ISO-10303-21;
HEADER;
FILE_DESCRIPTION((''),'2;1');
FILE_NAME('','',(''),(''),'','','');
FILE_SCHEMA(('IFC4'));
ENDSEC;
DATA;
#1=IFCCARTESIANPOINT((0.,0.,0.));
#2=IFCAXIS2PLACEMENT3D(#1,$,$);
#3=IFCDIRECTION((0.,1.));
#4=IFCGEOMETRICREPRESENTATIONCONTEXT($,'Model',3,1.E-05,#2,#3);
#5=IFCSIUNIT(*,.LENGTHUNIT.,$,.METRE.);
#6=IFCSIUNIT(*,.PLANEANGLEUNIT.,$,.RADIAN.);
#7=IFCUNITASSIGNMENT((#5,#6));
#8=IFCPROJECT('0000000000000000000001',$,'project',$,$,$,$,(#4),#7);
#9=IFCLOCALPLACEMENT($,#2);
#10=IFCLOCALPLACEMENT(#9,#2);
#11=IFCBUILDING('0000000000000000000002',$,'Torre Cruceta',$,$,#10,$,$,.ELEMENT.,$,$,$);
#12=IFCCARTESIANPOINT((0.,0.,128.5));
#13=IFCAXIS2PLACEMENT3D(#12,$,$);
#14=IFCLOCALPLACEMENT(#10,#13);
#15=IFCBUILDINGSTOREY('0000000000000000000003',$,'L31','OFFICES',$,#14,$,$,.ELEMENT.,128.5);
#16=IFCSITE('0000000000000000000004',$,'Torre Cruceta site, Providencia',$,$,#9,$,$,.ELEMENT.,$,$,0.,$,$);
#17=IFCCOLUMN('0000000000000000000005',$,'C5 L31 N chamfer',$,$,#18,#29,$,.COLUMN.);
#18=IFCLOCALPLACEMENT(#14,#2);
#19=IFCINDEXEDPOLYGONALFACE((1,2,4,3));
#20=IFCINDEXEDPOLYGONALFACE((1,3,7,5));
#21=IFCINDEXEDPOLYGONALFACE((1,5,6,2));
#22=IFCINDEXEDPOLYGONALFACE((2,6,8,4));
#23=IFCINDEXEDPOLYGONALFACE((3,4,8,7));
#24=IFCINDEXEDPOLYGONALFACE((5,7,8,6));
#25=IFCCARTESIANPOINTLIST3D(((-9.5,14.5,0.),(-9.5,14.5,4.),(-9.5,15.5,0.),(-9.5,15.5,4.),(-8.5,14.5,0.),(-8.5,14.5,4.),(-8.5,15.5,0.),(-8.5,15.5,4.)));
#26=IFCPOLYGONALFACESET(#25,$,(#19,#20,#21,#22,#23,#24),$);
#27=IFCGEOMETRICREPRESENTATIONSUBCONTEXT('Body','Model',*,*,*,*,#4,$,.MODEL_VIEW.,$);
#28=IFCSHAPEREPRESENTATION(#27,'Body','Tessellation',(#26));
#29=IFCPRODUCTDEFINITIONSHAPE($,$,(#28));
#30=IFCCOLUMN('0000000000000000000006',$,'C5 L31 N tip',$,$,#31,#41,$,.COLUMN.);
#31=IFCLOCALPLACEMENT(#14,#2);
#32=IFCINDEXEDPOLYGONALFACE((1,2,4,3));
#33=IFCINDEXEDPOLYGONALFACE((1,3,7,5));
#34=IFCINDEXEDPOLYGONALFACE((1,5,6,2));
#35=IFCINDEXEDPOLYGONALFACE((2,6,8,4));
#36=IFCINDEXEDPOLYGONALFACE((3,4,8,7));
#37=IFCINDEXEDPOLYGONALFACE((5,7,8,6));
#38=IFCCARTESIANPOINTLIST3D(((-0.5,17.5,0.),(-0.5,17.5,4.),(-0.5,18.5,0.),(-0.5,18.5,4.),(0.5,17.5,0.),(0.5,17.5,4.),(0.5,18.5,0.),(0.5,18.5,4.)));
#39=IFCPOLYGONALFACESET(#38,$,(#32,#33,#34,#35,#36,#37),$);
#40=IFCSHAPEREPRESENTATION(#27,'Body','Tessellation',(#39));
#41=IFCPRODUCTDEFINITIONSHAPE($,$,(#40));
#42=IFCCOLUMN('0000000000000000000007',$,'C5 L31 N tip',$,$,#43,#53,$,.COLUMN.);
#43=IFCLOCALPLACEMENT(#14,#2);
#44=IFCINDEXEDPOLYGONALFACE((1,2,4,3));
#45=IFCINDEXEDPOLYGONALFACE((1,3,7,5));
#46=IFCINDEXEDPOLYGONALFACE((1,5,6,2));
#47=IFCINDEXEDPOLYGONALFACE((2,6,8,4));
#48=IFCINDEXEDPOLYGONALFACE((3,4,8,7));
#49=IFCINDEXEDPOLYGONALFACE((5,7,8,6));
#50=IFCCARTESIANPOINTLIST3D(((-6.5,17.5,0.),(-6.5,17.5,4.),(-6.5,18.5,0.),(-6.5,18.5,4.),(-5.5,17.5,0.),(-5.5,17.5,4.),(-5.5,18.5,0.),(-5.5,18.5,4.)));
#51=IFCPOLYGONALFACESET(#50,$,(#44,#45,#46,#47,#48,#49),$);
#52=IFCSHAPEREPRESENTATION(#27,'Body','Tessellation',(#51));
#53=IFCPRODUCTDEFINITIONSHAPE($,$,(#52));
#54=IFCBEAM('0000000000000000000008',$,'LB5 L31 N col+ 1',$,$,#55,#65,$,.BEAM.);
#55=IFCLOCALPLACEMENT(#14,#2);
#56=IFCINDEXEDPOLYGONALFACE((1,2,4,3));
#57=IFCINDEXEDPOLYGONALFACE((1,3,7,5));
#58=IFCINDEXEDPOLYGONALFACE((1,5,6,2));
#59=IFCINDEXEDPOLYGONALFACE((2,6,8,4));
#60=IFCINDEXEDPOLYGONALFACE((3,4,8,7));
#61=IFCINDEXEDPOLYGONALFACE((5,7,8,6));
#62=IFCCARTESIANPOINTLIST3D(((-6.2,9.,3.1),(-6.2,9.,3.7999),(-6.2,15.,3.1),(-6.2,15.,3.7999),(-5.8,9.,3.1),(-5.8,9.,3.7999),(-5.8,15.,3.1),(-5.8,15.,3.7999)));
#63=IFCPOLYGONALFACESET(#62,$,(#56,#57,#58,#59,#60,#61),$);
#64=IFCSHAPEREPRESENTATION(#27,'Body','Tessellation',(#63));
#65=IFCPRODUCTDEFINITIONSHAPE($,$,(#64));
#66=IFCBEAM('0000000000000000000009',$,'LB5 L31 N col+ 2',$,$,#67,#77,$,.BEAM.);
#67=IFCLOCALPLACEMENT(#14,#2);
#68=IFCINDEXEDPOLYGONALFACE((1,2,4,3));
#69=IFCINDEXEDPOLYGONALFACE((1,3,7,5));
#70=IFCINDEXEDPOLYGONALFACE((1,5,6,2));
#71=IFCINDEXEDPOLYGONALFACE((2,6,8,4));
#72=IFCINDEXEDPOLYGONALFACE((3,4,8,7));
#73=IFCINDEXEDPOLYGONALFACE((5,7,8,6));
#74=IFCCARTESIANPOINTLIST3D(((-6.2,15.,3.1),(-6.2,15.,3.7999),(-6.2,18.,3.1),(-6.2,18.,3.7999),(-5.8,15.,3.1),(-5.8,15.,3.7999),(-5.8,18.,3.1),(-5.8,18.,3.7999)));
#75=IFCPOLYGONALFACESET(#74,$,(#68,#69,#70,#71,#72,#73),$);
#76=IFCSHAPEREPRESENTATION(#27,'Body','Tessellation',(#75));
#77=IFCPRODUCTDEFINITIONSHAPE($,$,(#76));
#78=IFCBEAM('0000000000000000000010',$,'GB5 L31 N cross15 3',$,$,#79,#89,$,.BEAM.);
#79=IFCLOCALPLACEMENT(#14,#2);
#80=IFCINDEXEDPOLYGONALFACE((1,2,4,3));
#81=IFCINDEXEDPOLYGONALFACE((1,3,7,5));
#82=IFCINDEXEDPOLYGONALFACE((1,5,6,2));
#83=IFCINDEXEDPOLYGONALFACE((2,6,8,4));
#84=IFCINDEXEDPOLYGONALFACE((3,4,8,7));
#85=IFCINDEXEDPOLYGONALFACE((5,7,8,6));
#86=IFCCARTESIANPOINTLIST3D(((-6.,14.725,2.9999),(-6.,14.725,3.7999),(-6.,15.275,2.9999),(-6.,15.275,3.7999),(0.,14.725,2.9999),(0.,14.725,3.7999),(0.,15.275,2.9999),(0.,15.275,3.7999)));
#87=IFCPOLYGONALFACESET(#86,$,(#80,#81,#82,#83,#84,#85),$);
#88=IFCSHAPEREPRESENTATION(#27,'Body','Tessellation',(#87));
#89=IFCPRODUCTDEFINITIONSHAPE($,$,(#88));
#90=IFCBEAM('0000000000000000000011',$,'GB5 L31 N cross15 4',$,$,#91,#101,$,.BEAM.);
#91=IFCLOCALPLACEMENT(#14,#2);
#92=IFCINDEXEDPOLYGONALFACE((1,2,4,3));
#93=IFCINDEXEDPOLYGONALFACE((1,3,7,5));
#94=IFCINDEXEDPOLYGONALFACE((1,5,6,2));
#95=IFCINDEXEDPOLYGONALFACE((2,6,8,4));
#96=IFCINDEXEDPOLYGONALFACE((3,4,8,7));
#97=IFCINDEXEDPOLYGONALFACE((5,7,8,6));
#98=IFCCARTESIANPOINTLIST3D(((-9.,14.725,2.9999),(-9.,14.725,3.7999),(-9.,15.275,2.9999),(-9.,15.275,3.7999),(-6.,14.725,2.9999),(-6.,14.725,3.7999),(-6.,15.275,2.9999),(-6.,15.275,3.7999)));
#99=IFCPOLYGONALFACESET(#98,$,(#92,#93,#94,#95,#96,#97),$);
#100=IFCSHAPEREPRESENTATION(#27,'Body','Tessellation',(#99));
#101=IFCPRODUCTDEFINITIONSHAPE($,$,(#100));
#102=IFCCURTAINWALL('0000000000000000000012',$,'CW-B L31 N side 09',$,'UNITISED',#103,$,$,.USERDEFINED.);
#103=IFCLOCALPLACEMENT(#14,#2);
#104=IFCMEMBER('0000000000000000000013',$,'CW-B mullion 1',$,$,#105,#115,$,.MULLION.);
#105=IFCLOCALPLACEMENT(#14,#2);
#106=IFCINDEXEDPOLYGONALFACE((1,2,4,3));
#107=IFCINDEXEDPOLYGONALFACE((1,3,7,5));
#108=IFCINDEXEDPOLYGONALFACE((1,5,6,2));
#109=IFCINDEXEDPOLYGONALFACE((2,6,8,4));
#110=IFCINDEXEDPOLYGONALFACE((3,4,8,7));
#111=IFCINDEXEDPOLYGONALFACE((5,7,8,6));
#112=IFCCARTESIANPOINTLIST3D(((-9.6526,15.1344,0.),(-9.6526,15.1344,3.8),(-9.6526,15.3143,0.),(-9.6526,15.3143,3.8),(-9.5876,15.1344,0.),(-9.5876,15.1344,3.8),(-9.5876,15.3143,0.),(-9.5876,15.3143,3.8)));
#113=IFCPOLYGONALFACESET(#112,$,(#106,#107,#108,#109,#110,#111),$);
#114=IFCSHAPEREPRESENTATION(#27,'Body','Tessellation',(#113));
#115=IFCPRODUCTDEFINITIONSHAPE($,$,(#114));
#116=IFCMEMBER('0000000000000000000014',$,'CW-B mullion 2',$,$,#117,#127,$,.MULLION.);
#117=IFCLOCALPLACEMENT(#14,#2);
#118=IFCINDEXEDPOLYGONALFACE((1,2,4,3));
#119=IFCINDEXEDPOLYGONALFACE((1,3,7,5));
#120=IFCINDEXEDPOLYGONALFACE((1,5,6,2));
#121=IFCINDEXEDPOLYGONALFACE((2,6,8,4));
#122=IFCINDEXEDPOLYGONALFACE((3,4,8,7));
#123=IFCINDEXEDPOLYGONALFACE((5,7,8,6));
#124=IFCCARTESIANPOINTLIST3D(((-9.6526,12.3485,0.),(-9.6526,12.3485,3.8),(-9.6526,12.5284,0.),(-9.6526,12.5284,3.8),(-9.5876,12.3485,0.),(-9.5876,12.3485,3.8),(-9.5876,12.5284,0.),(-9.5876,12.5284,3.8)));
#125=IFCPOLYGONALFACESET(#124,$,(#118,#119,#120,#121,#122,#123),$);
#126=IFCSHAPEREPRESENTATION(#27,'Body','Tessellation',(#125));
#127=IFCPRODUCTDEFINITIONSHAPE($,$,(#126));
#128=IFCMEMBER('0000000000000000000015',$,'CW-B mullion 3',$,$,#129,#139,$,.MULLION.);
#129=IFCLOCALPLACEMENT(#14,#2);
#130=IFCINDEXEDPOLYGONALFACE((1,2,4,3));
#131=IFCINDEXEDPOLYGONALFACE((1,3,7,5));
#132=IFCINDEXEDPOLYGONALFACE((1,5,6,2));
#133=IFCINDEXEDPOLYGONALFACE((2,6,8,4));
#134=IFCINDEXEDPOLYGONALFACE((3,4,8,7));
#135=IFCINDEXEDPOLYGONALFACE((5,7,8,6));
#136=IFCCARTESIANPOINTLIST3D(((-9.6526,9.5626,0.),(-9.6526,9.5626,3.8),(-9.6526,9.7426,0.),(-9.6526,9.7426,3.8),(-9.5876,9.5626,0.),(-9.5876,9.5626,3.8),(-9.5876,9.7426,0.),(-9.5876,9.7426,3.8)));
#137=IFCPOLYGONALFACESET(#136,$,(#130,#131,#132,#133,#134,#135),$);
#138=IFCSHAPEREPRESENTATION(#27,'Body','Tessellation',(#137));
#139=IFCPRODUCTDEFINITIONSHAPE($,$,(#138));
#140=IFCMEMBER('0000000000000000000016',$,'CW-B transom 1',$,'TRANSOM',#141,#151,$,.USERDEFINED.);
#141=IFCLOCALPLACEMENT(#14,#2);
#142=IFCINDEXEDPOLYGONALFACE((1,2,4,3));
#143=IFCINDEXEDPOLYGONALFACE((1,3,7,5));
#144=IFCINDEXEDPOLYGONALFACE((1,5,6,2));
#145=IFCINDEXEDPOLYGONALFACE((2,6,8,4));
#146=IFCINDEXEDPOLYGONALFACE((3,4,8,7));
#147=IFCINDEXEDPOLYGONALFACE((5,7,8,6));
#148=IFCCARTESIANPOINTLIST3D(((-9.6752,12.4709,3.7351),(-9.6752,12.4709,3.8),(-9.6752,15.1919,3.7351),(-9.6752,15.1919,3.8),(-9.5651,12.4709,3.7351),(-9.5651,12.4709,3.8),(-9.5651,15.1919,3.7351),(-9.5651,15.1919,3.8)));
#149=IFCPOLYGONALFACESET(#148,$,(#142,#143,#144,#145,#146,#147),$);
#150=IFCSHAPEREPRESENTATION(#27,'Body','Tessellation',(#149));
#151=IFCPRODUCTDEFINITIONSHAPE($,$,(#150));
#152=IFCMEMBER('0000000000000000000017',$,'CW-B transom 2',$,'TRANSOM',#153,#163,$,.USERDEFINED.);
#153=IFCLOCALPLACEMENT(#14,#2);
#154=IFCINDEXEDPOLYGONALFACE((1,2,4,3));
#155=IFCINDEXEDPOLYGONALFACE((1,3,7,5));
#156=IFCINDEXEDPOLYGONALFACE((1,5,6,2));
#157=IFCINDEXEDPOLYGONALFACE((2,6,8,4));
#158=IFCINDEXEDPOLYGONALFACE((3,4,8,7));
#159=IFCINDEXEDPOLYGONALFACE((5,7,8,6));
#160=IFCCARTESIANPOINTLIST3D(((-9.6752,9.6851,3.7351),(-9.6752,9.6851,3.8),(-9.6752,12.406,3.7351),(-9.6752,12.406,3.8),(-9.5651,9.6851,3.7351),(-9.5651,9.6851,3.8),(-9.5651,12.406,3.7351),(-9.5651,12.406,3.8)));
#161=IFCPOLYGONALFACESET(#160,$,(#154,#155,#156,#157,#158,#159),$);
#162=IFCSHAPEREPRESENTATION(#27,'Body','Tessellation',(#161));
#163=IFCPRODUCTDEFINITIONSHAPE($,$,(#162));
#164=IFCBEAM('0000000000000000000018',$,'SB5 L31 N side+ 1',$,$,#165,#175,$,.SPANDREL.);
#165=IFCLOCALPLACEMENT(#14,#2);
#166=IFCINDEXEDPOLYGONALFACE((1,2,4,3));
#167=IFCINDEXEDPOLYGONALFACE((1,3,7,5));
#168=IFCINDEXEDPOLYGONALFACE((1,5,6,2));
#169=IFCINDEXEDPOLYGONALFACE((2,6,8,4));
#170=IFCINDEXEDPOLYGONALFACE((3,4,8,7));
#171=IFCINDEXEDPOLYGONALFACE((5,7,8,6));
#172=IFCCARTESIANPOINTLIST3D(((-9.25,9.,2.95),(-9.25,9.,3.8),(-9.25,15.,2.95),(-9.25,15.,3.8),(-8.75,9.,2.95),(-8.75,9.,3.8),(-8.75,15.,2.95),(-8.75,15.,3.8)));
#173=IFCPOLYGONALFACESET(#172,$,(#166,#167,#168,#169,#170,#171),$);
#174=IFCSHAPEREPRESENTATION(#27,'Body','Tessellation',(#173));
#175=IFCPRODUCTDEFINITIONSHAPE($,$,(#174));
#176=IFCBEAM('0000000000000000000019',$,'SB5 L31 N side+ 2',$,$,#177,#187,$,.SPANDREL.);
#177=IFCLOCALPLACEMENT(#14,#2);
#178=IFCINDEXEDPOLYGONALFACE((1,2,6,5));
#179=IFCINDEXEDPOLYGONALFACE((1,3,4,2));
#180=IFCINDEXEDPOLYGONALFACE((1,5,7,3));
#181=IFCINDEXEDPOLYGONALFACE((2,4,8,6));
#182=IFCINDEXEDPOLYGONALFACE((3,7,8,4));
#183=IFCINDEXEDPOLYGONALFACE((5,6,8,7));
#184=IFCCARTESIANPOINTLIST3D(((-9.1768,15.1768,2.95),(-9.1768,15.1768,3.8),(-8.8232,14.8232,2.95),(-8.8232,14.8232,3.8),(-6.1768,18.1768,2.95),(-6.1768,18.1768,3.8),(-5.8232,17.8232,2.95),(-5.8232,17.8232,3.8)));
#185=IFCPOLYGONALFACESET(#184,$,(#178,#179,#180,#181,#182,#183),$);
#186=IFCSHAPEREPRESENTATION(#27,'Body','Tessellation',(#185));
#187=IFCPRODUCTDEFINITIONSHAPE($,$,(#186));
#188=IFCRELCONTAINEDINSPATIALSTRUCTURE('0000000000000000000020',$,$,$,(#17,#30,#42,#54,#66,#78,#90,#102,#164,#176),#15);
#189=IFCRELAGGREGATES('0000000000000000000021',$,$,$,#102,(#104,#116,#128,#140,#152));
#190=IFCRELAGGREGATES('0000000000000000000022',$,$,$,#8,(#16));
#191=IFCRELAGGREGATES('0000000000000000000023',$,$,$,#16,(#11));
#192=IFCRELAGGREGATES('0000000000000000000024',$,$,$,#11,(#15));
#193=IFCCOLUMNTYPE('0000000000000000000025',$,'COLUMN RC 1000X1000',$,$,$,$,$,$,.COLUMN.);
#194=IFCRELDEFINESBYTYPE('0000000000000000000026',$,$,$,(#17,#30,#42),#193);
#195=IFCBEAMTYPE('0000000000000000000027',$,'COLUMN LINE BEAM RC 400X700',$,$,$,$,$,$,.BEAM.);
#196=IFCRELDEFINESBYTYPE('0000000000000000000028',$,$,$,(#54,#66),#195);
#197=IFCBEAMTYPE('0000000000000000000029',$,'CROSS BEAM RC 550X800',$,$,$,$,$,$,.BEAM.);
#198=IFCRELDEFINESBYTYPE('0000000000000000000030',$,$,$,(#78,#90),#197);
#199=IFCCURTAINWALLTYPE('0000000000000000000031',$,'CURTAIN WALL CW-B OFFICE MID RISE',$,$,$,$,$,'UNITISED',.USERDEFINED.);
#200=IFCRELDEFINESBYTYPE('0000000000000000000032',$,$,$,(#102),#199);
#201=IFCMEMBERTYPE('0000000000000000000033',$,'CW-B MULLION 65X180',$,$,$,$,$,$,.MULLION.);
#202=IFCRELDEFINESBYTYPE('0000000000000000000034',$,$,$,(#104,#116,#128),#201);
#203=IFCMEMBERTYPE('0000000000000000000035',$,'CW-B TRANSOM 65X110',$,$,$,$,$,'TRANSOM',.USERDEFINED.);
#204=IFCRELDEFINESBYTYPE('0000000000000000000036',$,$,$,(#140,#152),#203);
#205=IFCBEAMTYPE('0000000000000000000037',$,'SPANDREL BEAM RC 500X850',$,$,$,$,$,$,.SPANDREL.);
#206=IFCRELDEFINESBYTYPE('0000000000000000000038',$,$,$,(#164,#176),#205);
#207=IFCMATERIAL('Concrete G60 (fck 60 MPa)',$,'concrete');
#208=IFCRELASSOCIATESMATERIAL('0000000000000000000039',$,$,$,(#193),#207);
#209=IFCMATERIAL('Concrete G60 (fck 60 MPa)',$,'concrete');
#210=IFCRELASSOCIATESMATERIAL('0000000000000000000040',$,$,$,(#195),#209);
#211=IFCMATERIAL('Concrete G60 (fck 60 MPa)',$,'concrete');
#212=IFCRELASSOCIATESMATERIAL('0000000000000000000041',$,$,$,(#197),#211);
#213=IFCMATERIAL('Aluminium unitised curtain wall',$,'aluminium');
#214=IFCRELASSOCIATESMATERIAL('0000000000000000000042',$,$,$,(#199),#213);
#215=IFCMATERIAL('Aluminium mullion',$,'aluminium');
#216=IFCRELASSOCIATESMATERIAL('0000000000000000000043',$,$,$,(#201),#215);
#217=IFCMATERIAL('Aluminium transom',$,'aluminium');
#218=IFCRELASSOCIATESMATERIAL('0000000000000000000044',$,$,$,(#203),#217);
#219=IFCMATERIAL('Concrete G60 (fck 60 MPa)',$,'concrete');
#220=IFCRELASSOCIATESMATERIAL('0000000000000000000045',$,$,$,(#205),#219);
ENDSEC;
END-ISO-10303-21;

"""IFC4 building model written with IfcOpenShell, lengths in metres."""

from ifc_helpers import new_model, si_unit, direction, frame, origin, origin_2d, place, context, subcontext, project, spatial, rectangle, extrude, material, material_profile, profile_set, type_object, element, aggregate, save


model = new_model("IFC4")

# Units and contexts
model_context = context("Model", 3, precision=1e-05, world=origin(), true_north=direction((0.0, 1.0)))
body_context = subcontext(model_context, "Body", "Model", "MODEL_VIEW")
ifc_project = project(units=[si_unit("LENGTHUNIT", "METRE"), si_unit("PLANEANGLEUNIT", "RADIAN")], contexts=[model_context])

# Site, building, storey
site_placement = place(None, origin())
site = spatial("IfcSite", under=ifc_project, at=site_placement, Name="Torre Cruceta site, Providencia", CompositionType="ELEMENT", RefElevation=0.0)
building_placement = place(site_placement, origin())
building = spatial("IfcBuilding", under=site, at=building_placement, Name="Torre Cruceta", CompositionType="ELEMENT")
storey_placement = place(building_placement, frame((0.0, 0.0, 128.5)))
storey = spatial("IfcBuildingStorey", under=building, at=storey_placement, Name="L31", Description="OFFICES", CompositionType="ELEMENT", Elevation=128.5)

# Columns
ifc_material_1 = material(Name="Concrete G60 (fck 60 MPa)", Category="concrete")
ifc_material_profile_1 = material_profile(ifc_material_1, rectangle(XDim=1.0, YDim=1.0, at=origin_2d()), Name="RC 1000X1000")
ifc_profile_set_1 = profile_set([ifc_material_profile_1], Name="Concrete G60 (fck 60 MPa)")
column_type = type_object("IfcColumnType", Name="COLUMN RC 1000X1000", PredefinedType="COLUMN", material=ifc_profile_set_1)
for number, where, z_axis, x_axis, name in (
    (1, (-9.0, 15.0, 0.0), (0.0, 0.0, 1.0), (1.0, 0.0, 0.0), "C5 L31 N chamfer"),
    (2, (0.0, 18.0, 0.0), (0.0, 0.0, 1.0), (1.0, 0.0, 0.0), "C5 L31 N tip"),
    (3, (-6.0, 18.0, 0.0), (0.0, 0.0, 1.0), (1.0, 0.0, 0.0), "C5 L31 N tip"),
):
    element("IfcColumn", number, at=place(storey_placement, frame(where, z_axis=z_axis, x_axis=x_axis)), inside=storey, type_object=column_type, Name=name, PredefinedType="COLUMN", context=body_context, shape_type="SweptSolid", body=[
        extrude(rectangle(XDim=1.0, YDim=1.0, at=origin_2d()), origin(), (0.0, 0.0, 1.0), 4.0),
    ])

# Beams
ifc_material_2 = material(Name="Concrete G60 (fck 60 MPa)", Category="concrete")
ifc_material_profile_2 = material_profile(ifc_material_2, rectangle(XDim=0.3999, YDim=0.7, at=origin_2d()), Name="RC 400X700")
ifc_profile_set_2 = profile_set([ifc_material_profile_2], Name="Concrete G60 (fck 60 MPa)")
beam_type_1 = type_object("IfcBeamType", Name="COLUMN LINE BEAM RC 400X700", PredefinedType="BEAM", material=ifc_profile_set_2)
beam_1_placement = place(storey_placement, frame((-6.0, 9.0, 3.45), z_axis=(0.0, 1.0, 0.0), x_axis=(-1.0, 0.0, 0.0)))
element("IfcBeam", 4, at=beam_1_placement, inside=storey, type_object=beam_type_1, Name="LB5 L31 N col+ 1", PredefinedType="BEAM", context=body_context, shape_type="SweptSolid", body=[
    extrude(rectangle(XDim=0.3999, YDim=0.7, at=origin_2d()), origin(), (0.0, 0.0, 1.0), 6.0),
])
beam_2_placement = place(storey_placement, frame((-6.0, 15.0, 3.45), z_axis=(0.0, 1.0, 0.0), x_axis=(-1.0, 0.0, 0.0)))
element("IfcBeam", 5, at=beam_2_placement, inside=storey, type_object=beam_type_1, Name="LB5 L31 N col+ 2", PredefinedType="BEAM", context=body_context, shape_type="SweptSolid", body=[
    extrude(rectangle(XDim=0.3999, YDim=0.7, at=origin_2d()), origin(), (0.0, 0.0, 1.0), 3.0),
])
ifc_material_3 = material(Name="Concrete G60 (fck 60 MPa)", Category="concrete")
ifc_material_profile_3 = material_profile(ifc_material_3, rectangle(XDim=0.55, YDim=0.8, at=origin_2d()), Name="RC 550X800")
ifc_profile_set_3 = profile_set([ifc_material_profile_3], Name="Concrete G60 (fck 60 MPa)")
beam_type_2 = type_object("IfcBeamType", Name="CROSS BEAM RC 550X800", PredefinedType="BEAM", material=ifc_profile_set_3)
beam_3_placement = place(storey_placement, frame((0.0, 15.0, 3.3999), z_axis=(-1.0, 0.0, 0.0), x_axis=(0.0, -1.0, 0.0)))
element("IfcBeam", 6, at=beam_3_placement, inside=storey, type_object=beam_type_2, Name="GB5 L31 N cross15 3", PredefinedType="BEAM", context=body_context, shape_type="SweptSolid", body=[
    extrude(rectangle(XDim=0.55, YDim=0.8, at=origin_2d()), origin(), (0.0, 0.0, 1.0), 6.0),
])
beam_4_placement = place(storey_placement, frame((-6.0, 15.0, 3.3999), z_axis=(-1.0, 0.0, 0.0), x_axis=(0.0, -1.0, 0.0)))
element("IfcBeam", 7, at=beam_4_placement, inside=storey, type_object=beam_type_2, Name="GB5 L31 N cross15 4", PredefinedType="BEAM", context=body_context, shape_type="SweptSolid", body=[
    extrude(rectangle(XDim=0.55, YDim=0.8, at=origin_2d()), origin(), (0.0, 0.0, 1.0), 3.0),
])

# Curtain wall, members
ifc_material_4 = material(Name="Aluminium unitised curtain wall", Category="aluminium")
curtain_wall_type = type_object("IfcCurtainWallType", Name="CURTAIN WALL CW-B OFFICE MID RISE", ElementType="UNITISED", PredefinedType="USERDEFINED", material=ifc_material_4)
curtain_wall_placement = place(storey_placement, origin())
curtain_wall = element("IfcCurtainWall", 8, at=curtain_wall_placement, inside=storey, type_object=curtain_wall_type, Name="CW-B L31 N side 09", ObjectType="UNITISED", PredefinedType="USERDEFINED")
ifc_material_5 = material(Name="Aluminium mullion", Category="aluminium")
ifc_material_profile_4 = material_profile(ifc_material_5, rectangle(XDim=0.0649, YDim=0.1799, at=origin_2d()), Name="AL 65X180")
ifc_profile_set_4 = profile_set([ifc_material_profile_4], Name="Aluminium mullion")
member_type_1 = type_object("IfcMemberType", Name="CW-B MULLION 65X180", PredefinedType="MULLION", material=ifc_profile_set_4)
member_1_placement = place(storey_placement, frame((-9.6201, 15.2244, 0.0), z_axis=(0.0, 0.0, 1.0), x_axis=(1.0, 0.0, 0.0)))
member_1 = element("IfcMember", 9, at=member_1_placement, type_object=member_type_1, Name="CW-B mullion 1", PredefinedType="MULLION", context=body_context, shape_type="SweptSolid", body=[
    extrude(rectangle(XDim=0.0649, YDim=0.1799, at=origin_2d()), origin(), (0.0, 0.0, 1.0), 3.8),
])
member_2_placement = place(storey_placement, frame((-9.6201, 12.4385, 0.0), z_axis=(0.0, 0.0, 1.0), x_axis=(1.0, 0.0, 0.0)))
member_2 = element("IfcMember", 10, at=member_2_placement, type_object=member_type_1, Name="CW-B mullion 2", PredefinedType="MULLION", context=body_context, shape_type="SweptSolid", body=[
    extrude(rectangle(XDim=0.0649, YDim=0.1799, at=origin_2d()), origin(), (0.0, 0.0, 1.0), 3.8),
])
member_3_placement = place(storey_placement, frame((-9.6201, 9.6526, 0.0), z_axis=(0.0, 0.0, 1.0), x_axis=(1.0, 0.0, 0.0)))
member_3 = element("IfcMember", 11, at=member_3_placement, type_object=member_type_1, Name="CW-B mullion 3", PredefinedType="MULLION", context=body_context, shape_type="SweptSolid", body=[
    extrude(rectangle(XDim=0.0649, YDim=0.1799, at=origin_2d()), origin(), (0.0, 0.0, 1.0), 3.8),
])
ifc_material_6 = material(Name="Aluminium transom", Category="aluminium")
ifc_material_profile_5 = material_profile(ifc_material_6, rectangle(XDim=0.1101, YDim=0.0649, at=origin_2d()), Name="AL 110X65")
ifc_profile_set_5 = profile_set([ifc_material_profile_5], Name="Aluminium transom")
member_type_2 = type_object("IfcMemberType", Name="CW-B TRANSOM 65X110", ElementType="TRANSOM", PredefinedType="USERDEFINED", material=ifc_profile_set_5)
member_4_placement = place(storey_placement, frame((-9.6201, 15.1919, 3.7676), z_axis=(0.0, -1.0, 0.0), x_axis=(1.0, 0.0, 0.0)))
member_4 = element("IfcMember", 12, at=member_4_placement, type_object=member_type_2, Name="CW-B transom 1", ObjectType="TRANSOM", PredefinedType="USERDEFINED", context=body_context, shape_type="SweptSolid", body=[
    extrude(rectangle(XDim=0.1101, YDim=0.0649, at=origin_2d()), origin(), (0.0, 0.0, 1.0), 2.7209),
])
member_5_placement = place(storey_placement, frame((-9.6201, 12.406, 3.7676), z_axis=(0.0, -1.0, 0.0), x_axis=(1.0, 0.0, 0.0)))
member_5 = element("IfcMember", 13, at=member_5_placement, type_object=member_type_2, Name="CW-B transom 2", ObjectType="TRANSOM", PredefinedType="USERDEFINED", context=body_context, shape_type="SweptSolid", body=[
    extrude(rectangle(XDim=0.1101, YDim=0.0649, at=origin_2d()), origin(), (0.0, 0.0, 1.0), 2.7209),
])

# Beams
ifc_material_7 = material(Name="Concrete G60 (fck 60 MPa)", Category="concrete")
ifc_material_profile_6 = material_profile(ifc_material_7, rectangle(XDim=0.5, YDim=0.8501, at=origin_2d()), Name="RC 500X850")
ifc_profile_set_6 = profile_set([ifc_material_profile_6], Name="Concrete G60 (fck 60 MPa)")
beam_type_3 = type_object("IfcBeamType", Name="SPANDREL BEAM RC 500X850", PredefinedType="SPANDREL", material=ifc_profile_set_6)
beam_5_placement = place(storey_placement, frame((-9.0, 9.0, 3.375), z_axis=(0.0, 1.0, 0.0), x_axis=(-1.0, 0.0, 0.0)))
element("IfcBeam", 14, at=beam_5_placement, inside=storey, type_object=beam_type_3, Name="SB5 L31 N side+ 1", PredefinedType="SPANDREL", context=body_context, shape_type="SweptSolid", body=[
    extrude(rectangle(XDim=0.5, YDim=0.8501, at=origin_2d()), origin(), (0.0, 0.0, 1.0), 6.0),
])
beam_6_placement = place(storey_placement, frame((-9.0, 15.0, 3.375), z_axis=(0.707107, 0.707107, 0.0), x_axis=(-0.707107, 0.707107, 0.0)))
element("IfcBeam", 15, at=beam_6_placement, inside=storey, type_object=beam_type_3, Name="SB5 L31 N side+ 2", PredefinedType="SPANDREL", context=body_context, shape_type="SweptSolid", body=[
    extrude(rectangle(XDim=0.5, YDim=0.8501, at=origin_2d()), origin(), (0.0, 0.0, 1.0), 4.2427),
])

aggregate(curtain_wall, [member_1, member_2, member_3, member_4, member_5])

save(model, "model.ifc")
